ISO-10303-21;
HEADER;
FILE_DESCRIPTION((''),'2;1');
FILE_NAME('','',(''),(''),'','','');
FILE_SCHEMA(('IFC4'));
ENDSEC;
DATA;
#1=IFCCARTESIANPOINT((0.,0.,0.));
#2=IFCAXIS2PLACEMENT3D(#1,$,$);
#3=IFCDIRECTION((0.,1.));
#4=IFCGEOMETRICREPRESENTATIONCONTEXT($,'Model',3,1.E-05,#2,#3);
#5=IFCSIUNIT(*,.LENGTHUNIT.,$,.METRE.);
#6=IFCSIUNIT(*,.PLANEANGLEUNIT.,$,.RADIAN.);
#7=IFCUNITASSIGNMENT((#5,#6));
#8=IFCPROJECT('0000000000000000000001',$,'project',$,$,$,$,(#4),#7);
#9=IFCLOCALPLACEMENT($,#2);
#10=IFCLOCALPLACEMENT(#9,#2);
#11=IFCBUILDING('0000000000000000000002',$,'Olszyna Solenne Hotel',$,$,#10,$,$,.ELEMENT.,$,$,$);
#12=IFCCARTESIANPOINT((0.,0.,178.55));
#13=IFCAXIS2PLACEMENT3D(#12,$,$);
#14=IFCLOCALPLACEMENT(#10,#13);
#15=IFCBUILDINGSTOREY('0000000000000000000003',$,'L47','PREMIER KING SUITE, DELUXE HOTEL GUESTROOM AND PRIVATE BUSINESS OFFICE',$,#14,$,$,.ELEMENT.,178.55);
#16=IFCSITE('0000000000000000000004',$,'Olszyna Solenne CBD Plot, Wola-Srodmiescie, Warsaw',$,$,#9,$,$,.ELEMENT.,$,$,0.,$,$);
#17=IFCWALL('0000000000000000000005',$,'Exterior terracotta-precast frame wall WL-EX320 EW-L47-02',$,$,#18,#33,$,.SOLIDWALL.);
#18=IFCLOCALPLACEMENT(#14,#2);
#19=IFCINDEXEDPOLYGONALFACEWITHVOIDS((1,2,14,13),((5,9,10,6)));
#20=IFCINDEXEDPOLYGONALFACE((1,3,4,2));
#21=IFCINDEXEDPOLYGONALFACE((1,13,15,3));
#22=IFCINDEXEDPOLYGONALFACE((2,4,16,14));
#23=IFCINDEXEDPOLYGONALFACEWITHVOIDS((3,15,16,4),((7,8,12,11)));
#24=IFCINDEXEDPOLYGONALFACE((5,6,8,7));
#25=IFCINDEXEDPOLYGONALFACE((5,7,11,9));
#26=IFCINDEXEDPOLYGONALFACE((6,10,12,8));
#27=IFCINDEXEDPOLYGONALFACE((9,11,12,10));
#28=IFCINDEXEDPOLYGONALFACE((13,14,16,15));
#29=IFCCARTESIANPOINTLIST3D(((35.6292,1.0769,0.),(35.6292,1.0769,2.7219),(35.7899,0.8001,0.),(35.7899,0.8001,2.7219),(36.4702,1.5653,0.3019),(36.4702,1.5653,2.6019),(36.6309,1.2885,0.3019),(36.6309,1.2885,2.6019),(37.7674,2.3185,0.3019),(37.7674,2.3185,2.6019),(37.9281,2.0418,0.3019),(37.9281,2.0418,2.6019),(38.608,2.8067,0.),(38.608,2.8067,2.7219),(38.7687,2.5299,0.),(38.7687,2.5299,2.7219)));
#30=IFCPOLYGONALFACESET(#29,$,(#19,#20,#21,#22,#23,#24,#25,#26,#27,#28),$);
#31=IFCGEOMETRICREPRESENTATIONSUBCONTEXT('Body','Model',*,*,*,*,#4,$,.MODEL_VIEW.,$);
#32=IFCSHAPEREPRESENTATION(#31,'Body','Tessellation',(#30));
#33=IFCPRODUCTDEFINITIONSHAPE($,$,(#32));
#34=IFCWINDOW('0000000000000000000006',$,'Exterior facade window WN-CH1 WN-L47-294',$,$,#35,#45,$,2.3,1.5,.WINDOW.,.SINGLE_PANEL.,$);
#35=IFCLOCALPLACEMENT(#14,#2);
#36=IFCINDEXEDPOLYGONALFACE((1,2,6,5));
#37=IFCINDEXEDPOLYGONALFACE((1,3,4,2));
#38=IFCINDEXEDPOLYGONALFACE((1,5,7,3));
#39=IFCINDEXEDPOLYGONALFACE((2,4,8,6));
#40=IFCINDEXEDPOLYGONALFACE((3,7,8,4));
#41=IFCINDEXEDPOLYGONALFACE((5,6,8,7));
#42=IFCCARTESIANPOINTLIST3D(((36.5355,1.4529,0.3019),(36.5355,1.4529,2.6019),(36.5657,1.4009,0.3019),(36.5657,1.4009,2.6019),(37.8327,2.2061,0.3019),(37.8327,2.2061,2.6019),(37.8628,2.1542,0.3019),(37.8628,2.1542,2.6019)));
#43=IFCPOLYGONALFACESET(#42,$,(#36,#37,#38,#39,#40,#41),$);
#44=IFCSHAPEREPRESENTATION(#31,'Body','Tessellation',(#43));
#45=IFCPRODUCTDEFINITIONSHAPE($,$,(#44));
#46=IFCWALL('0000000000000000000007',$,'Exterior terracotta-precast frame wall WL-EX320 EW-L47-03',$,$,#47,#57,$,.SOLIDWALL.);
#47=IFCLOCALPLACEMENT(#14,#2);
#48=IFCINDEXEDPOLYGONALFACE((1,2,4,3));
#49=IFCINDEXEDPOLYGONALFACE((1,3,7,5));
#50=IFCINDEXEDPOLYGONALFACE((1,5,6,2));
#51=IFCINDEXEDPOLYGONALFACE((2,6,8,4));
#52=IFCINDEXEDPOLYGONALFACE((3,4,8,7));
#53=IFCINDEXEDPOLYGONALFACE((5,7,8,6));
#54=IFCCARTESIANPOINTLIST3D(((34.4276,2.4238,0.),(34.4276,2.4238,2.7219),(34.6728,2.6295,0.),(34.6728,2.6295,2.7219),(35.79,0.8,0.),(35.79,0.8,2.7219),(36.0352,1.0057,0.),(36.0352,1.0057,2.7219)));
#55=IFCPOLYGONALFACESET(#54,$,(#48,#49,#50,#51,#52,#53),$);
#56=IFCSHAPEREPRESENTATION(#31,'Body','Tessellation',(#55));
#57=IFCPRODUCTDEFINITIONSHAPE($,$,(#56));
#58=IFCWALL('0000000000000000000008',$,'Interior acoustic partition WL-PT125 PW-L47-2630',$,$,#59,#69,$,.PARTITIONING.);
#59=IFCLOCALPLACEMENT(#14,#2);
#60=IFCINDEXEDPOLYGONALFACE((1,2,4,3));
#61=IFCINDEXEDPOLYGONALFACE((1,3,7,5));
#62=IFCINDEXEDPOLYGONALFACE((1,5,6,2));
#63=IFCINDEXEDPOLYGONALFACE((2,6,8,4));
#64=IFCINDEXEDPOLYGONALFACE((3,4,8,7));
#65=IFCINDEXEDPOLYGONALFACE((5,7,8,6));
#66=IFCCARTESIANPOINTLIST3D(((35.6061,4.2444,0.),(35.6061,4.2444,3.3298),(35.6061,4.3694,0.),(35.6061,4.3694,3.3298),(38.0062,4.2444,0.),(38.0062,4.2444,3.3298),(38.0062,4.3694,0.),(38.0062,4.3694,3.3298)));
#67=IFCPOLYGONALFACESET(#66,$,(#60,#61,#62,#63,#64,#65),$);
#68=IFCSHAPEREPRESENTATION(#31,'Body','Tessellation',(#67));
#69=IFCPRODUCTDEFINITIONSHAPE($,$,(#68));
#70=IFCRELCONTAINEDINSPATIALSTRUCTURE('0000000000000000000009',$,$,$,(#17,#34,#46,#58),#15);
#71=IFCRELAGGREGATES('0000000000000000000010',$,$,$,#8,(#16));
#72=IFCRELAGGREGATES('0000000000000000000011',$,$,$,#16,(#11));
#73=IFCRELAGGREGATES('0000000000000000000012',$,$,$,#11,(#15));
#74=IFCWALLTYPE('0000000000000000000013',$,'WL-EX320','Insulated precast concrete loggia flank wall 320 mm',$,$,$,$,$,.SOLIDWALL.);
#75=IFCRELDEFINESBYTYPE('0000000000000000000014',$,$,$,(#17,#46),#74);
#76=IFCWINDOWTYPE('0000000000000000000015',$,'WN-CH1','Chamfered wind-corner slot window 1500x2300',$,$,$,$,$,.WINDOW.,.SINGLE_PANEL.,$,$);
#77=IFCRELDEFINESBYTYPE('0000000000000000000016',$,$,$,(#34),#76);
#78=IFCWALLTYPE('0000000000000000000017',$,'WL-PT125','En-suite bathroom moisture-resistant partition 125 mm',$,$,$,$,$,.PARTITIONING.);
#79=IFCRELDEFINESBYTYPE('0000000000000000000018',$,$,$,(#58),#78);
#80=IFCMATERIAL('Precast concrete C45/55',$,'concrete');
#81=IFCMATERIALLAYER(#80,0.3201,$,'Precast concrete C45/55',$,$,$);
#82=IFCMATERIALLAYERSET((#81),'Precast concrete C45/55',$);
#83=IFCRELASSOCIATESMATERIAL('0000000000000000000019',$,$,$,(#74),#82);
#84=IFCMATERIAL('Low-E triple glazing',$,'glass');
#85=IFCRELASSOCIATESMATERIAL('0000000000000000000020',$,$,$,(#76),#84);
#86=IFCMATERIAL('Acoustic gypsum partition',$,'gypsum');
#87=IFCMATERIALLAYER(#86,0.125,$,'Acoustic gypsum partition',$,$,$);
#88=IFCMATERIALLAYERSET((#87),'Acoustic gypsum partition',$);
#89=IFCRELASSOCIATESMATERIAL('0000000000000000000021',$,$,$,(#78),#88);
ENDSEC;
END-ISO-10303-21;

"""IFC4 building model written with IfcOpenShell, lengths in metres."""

from ifc_helpers import new_model, si_unit, direction, frame, frame_2d, origin, place, context, subcontext, project, spatial, rectangle, extrude, source, transform, mapped, material, layer, layer_set, type_object, type_shapes, element, fill, save


model = new_model("IFC4")

# Units and contexts
model_context = context("Model", 3, precision=1e-05, world=origin(), true_north=direction((0.0, 1.0)))
body_context = subcontext(model_context, "Body", "Model", "MODEL_VIEW")
ifc_project = project(units=[si_unit("LENGTHUNIT", "METRE"), si_unit("PLANEANGLEUNIT", "RADIAN")], contexts=[model_context])

# Site, building, storey
site_placement = place(None, origin())
site = spatial("IfcSite", under=ifc_project, at=site_placement, Name="Olszyna Solenne CBD Plot, Wola-Srodmiescie, Warsaw", CompositionType="ELEMENT", RefElevation=0.0)
building_placement = place(site_placement, origin())
building = spatial("IfcBuilding", under=site, at=building_placement, Name="Olszyna Solenne Hotel", CompositionType="ELEMENT")
storey_placement = place(building_placement, frame((0.0, 0.0, 178.55)))
storey = spatial("IfcBuildingStorey", under=building, at=storey_placement, Name="L47", Description="PREMIER KING SUITE, DELUXE HOTEL GUESTROOM AND PRIVATE BUSINESS OFFICE", CompositionType="ELEMENT", Elevation=178.55)

# Wall, opening, window
ifc_material_1 = material(Name="Precast concrete C45/55", Category="concrete")
ifc_layer_1 = layer(ifc_material_1, 0.3201, Name="Precast concrete C45/55")
ifc_layer_set_1 = layer_set([ifc_layer_1], Name="Precast concrete C45/55")
wall_type_1 = type_object("IfcWallType", Name="WL-EX320", Description="Insulated precast concrete loggia flank wall 320 mm", PredefinedType="SOLIDWALL", material=ifc_layer_set_1)
wall_1_placement = place(storey_placement, frame((38.6882, 2.6682, 0.0), z_axis=(0.0, 0.0, 1.0), x_axis=(-0.864772, -0.502165, 0.0)))
wall_1 = element("IfcWall", 1, at=wall_1_placement, inside=storey, type_object=wall_type_1, Name="Exterior terracotta-precast frame wall WL-EX320 EW-L47-02", PredefinedType="SOLIDWALL", context=body_context, shape_type="SweptSolid", body=[
    extrude(rectangle(XDim=3.4446, YDim=0.3201, at=frame_2d((1.7222, 0.0))), origin(), (0.0, 0.0, 1.0), 2.7219),
])
opening_placement = place(wall_1_placement, frame((0.9719, 0.0, 0.302)))
opening = element("IfcOpeningElement", 2, at=opening_placement, cuts=wall_1, PredefinedType="OPENING", context=body_context, shape_type="SweptSolid", body=[
    extrude(rectangle(XDim=1.5, YDim=2.3, at=frame_2d((0.75, 1.1499))), frame((0.0, 0.1699, 0.0), z_axis=(0.0, -1.0, 0.0), x_axis=(1.0, 0.0, 0.0)), (0.0, 0.0, 1.0), 0.3401),
])
ifc_material_2 = material(Name="Low-E triple glazing", Category="glass")
window_type = type_object("IfcWindowType", Name="WN-CH1", Description="Chamfered wind-corner slot window 1500x2300", PartitioningType="SINGLE_PANEL", PredefinedType="WINDOW", material=ifc_material_2)
shared_shape_1 = source(origin(), body_context, "Body", "SweptSolid", [
    extrude(rectangle(XDim=1.5, YDim=2.3, at=frame_2d((0.75, 1.1499))), frame((0.0, 0.03, 0.0), z_axis=(0.0, -1.0, 0.0), x_axis=(1.0, 0.0, 0.0)), (0.0, 0.0, 1.0), 0.0601),
])
type_shapes(window_type, [shared_shape_1])
window_placement = place(opening_placement, origin())
window = element("IfcWindow", 3, at=window_placement, inside=storey, type_object=window_type, Name="Exterior facade window WN-CH1 WN-L47-294", OverallHeight=2.3, OverallWidth=1.5, PartitioningType="SINGLE_PANEL", PredefinedType="WINDOW", context=body_context, shape_type="MappedRepresentation", body=[
    mapped(shared_shape_1, transform((0.0, 0.0, 0.0), x_axis=(1.0, 0.0, 0.0), y_axis=(0.0, 1.0, 0.0), z_axis=(0.0, 0.0, 1.0), scale=1.0)),
])
fill(opening, window)

# Walls
wall_2_placement = place(storey_placement, frame((35.9126, 0.9028, 0.0), z_axis=(0.0, 0.0, 1.0), x_axis=(-0.64273, 0.766093, 0.0)))
element("IfcWall", 4, at=wall_2_placement, inside=storey, type_object=wall_type_1, Name="Exterior terracotta-precast frame wall WL-EX320 EW-L47-03", PredefinedType="SOLIDWALL", context=body_context, shape_type="SweptSolid", body=[
    extrude(rectangle(XDim=2.1196, YDim=0.3201, at=frame_2d((1.0598, 0.0))), origin(), (0.0, 0.0, 1.0), 2.7219),
])
ifc_material_3 = material(Name="Acoustic gypsum partition", Category="gypsum")
ifc_layer_2 = layer(ifc_material_3, 0.125, Name="Acoustic gypsum partition")
ifc_layer_set_2 = layer_set([ifc_layer_2], Name="Acoustic gypsum partition")
wall_type_2 = type_object("IfcWallType", Name="WL-PT125", Description="En-suite bathroom moisture-resistant partition 125 mm", PredefinedType="PARTITIONING", material=ifc_layer_set_2)
wall_3_placement = place(storey_placement, frame((35.606, 4.3069, 0.0), z_axis=(0.0, 0.0, 1.0), x_axis=(1.0, 0.0, 0.0)))
element("IfcWall", 5, at=wall_3_placement, inside=storey, type_object=wall_type_2, Name="Interior acoustic partition WL-PT125 PW-L47-2630", PredefinedType="PARTITIONING", context=body_context, shape_type="SweptSolid", body=[
    extrude(rectangle(XDim=2.4001, YDim=0.125, at=frame_2d((1.2002, 0.0))), origin(), (0.0, 0.0, 1.0), 3.3298),
])

save(model, "model.ifc")
